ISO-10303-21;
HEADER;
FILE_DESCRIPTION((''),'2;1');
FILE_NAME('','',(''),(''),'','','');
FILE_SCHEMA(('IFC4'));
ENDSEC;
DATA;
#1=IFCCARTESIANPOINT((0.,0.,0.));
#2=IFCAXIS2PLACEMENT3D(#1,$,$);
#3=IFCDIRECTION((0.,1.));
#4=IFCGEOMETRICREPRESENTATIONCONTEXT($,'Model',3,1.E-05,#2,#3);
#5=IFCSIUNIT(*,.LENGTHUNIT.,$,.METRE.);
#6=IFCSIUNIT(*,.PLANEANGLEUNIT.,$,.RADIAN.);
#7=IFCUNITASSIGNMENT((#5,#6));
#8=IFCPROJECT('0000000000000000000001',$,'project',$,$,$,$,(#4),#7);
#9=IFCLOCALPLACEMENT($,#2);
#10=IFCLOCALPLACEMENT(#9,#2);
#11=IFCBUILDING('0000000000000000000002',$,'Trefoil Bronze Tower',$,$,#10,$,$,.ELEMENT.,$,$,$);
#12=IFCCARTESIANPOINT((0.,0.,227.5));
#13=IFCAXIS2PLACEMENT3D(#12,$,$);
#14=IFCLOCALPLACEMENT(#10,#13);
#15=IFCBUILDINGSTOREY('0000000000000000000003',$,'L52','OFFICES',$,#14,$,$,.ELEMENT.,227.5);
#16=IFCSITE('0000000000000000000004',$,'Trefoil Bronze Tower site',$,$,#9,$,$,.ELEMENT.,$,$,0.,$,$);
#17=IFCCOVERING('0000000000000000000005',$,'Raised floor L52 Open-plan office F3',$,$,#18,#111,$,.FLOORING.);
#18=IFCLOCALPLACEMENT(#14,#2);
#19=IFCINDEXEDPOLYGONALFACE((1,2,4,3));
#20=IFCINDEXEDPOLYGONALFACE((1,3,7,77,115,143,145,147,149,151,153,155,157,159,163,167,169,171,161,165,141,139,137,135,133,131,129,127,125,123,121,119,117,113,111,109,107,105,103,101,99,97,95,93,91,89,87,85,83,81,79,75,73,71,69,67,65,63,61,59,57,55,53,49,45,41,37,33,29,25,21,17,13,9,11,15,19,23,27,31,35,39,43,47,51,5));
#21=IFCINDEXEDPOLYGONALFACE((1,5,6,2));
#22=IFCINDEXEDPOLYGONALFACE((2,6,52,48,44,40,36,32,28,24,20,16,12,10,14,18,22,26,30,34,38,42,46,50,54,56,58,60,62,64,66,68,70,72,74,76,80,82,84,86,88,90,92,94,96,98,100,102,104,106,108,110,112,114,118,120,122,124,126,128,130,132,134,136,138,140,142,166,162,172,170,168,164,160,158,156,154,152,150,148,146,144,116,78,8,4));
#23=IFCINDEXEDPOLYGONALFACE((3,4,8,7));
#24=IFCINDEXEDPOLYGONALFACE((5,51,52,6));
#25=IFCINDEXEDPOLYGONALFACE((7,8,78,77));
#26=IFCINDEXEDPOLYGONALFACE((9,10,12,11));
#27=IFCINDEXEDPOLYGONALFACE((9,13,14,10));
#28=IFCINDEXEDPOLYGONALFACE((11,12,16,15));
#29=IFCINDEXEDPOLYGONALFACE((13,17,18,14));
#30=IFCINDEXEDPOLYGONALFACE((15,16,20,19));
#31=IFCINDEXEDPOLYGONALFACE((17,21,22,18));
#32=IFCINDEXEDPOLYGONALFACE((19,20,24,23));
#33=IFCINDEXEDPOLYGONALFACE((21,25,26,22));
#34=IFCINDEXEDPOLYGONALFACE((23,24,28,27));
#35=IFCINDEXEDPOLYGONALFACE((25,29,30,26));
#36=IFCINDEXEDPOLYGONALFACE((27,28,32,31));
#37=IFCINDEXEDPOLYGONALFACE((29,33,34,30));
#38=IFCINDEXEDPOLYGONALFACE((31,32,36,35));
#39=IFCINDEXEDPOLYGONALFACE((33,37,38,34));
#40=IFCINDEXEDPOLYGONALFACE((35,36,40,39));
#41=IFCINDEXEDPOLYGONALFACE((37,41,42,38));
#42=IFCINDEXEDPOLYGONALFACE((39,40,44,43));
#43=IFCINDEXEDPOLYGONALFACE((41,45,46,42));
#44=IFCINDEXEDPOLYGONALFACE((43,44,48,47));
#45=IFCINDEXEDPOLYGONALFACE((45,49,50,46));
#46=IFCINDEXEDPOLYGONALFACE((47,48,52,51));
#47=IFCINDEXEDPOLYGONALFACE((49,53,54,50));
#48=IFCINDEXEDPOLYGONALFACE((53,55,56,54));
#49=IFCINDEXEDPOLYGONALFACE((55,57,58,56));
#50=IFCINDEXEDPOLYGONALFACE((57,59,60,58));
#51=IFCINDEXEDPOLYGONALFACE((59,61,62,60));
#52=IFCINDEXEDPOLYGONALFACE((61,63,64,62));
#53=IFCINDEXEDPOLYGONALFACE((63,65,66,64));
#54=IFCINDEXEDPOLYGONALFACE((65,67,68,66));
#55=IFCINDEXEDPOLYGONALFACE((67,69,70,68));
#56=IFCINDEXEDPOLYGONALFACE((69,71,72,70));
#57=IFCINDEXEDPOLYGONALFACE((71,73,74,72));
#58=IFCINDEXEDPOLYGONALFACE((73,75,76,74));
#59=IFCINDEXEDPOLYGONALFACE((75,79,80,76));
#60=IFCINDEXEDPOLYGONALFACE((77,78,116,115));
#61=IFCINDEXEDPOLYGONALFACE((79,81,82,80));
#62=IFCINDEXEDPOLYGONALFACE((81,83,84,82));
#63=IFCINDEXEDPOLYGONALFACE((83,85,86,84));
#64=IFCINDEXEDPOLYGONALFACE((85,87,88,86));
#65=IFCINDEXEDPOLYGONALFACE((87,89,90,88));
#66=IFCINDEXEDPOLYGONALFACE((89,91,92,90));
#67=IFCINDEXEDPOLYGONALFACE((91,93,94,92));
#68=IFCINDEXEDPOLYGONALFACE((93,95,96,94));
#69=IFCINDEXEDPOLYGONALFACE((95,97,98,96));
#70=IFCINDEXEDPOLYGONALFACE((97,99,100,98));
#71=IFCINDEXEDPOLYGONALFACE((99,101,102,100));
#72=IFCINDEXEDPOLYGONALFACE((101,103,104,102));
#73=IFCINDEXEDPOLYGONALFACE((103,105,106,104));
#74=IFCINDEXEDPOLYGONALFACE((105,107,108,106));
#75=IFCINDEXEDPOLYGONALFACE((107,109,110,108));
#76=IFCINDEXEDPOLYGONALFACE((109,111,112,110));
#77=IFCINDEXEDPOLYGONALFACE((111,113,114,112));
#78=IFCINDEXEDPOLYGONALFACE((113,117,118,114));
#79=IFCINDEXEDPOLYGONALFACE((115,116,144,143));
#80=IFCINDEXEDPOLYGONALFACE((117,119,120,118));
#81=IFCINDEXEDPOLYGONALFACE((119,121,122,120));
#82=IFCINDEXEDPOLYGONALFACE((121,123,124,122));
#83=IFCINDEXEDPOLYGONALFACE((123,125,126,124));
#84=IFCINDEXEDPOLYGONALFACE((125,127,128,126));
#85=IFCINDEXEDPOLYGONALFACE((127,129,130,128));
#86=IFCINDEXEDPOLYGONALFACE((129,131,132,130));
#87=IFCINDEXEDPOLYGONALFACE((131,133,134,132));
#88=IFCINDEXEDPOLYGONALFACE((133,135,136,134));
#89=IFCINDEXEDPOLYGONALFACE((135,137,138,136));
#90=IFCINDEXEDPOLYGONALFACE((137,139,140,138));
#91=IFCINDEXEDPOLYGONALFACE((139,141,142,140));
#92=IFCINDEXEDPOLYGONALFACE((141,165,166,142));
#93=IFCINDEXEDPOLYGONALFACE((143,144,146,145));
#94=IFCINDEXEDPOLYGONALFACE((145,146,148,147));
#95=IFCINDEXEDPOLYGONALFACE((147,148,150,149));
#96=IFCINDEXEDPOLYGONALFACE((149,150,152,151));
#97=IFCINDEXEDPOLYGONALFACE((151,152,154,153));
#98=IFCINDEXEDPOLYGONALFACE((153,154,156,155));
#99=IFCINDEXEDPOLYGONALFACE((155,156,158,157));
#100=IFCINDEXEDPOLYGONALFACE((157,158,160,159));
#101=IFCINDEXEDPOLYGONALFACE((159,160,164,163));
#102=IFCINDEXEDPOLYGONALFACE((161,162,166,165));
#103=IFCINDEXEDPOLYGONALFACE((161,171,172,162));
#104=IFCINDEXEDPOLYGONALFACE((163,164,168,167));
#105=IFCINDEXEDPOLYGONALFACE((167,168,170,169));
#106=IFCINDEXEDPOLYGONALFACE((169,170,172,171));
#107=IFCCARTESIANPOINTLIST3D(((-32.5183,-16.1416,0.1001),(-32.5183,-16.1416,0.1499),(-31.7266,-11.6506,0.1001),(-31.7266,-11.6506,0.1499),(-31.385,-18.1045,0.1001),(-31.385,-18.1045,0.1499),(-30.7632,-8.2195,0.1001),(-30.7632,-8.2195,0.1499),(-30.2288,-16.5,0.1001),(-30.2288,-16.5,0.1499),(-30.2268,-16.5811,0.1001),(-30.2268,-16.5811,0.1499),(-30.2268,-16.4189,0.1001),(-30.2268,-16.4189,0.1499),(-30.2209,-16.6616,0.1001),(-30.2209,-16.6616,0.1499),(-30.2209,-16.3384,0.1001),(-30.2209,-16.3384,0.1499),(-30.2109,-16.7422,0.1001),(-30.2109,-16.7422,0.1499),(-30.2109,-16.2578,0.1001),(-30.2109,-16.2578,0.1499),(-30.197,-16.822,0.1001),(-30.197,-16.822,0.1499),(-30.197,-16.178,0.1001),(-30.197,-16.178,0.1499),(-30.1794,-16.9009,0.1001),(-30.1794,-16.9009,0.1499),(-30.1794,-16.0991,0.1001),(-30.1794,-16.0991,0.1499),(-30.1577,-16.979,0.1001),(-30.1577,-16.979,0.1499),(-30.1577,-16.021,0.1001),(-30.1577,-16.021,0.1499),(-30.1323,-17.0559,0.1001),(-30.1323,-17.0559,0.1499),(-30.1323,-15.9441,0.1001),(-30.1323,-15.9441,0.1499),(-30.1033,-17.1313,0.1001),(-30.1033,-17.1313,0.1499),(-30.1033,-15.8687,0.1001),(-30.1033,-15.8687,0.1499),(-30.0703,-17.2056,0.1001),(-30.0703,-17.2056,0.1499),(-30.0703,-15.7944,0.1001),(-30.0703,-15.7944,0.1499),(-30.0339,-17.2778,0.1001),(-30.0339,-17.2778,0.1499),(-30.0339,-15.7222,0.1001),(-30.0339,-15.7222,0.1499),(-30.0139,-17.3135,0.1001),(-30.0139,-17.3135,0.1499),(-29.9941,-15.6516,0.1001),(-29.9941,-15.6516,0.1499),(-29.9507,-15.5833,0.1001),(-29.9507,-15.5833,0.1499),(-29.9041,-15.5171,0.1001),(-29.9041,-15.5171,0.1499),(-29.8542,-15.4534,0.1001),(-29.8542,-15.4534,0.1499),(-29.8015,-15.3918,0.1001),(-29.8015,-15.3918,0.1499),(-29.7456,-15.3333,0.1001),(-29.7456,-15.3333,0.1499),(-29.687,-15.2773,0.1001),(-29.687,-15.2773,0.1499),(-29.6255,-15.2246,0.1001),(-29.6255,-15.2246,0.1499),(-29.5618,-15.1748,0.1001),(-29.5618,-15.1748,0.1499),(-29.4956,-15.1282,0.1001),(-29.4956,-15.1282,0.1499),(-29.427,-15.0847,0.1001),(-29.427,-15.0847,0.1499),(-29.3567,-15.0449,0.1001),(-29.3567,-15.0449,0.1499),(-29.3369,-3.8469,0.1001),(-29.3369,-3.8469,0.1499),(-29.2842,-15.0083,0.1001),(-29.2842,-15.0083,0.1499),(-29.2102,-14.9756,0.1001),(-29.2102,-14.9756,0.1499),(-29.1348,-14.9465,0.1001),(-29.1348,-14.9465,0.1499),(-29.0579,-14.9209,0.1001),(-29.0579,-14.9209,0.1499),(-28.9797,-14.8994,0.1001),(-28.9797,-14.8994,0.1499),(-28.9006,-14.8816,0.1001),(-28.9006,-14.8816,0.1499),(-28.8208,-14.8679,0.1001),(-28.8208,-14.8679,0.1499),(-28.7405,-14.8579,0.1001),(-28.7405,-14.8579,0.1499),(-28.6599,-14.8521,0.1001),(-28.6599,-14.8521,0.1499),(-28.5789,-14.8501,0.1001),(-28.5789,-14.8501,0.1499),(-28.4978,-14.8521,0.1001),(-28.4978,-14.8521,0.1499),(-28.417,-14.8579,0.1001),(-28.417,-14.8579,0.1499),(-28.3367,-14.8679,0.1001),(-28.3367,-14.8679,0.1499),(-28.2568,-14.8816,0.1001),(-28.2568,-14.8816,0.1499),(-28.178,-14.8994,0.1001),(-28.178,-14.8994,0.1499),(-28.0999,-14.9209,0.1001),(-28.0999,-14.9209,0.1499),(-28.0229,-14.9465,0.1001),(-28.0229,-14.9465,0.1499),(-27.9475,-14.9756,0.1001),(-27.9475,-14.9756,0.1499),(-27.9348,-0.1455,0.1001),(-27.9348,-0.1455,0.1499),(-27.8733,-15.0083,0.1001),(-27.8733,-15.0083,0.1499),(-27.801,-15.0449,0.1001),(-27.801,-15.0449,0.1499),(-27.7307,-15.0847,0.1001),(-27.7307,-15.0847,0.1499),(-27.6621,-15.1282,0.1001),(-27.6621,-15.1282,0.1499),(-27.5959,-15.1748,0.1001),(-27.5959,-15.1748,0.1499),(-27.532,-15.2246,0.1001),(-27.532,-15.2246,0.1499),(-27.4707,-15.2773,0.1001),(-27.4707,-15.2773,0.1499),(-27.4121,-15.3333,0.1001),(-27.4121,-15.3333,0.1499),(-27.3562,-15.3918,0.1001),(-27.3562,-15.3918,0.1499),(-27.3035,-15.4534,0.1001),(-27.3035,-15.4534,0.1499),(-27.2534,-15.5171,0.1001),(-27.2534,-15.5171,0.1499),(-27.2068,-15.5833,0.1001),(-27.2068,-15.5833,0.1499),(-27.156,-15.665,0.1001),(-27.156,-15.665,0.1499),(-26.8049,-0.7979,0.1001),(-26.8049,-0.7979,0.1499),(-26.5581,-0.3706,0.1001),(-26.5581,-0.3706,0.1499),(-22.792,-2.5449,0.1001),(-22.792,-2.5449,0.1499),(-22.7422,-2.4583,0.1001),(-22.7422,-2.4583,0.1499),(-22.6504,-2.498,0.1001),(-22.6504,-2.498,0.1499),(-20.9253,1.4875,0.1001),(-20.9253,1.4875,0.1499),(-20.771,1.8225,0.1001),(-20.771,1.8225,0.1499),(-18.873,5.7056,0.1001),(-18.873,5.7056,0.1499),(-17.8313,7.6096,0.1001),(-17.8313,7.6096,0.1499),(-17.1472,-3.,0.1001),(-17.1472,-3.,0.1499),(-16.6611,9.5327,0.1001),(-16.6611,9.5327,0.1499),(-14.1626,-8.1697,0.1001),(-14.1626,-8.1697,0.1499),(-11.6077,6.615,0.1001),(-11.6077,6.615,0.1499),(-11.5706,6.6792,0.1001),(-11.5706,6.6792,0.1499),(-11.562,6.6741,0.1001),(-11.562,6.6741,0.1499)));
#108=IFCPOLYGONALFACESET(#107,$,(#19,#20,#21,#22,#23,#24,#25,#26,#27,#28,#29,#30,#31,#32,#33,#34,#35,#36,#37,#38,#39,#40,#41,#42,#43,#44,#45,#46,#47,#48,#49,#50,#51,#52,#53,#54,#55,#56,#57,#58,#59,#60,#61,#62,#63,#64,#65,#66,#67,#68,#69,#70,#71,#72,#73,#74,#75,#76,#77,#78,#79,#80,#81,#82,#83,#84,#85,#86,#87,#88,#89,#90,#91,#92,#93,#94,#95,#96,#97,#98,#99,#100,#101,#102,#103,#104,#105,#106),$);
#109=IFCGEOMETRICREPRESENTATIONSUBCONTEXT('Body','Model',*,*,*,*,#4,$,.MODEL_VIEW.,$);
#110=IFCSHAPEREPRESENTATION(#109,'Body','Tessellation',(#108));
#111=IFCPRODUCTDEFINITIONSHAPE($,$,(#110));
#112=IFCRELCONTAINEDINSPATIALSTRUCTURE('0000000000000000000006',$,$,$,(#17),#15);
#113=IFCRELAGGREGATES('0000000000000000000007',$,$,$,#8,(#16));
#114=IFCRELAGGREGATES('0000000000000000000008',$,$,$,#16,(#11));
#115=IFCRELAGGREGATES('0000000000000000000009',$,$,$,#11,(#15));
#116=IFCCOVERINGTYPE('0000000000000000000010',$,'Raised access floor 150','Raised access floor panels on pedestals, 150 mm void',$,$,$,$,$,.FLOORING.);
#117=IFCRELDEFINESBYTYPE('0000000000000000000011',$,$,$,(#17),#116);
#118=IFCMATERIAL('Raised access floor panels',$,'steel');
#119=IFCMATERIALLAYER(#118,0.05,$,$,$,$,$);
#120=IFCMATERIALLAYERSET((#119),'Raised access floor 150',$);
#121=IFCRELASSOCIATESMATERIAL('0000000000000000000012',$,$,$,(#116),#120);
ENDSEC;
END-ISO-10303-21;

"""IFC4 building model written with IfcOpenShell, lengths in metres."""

from ifc_helpers import new_model, si_unit, direction, frame, origin, place, context, subcontext, project, spatial, polyline, outline, extrude, material, layer, layer_set, type_object, element, save


model = new_model("IFC4")

# Units and contexts
model_context = context("Model", 3, precision=1e-05, world=origin(), true_north=direction((0.0, 1.0)))
body_context = subcontext(model_context, "Body", "Model", "MODEL_VIEW")
ifc_project = project(units=[si_unit("LENGTHUNIT", "METRE"), si_unit("PLANEANGLEUNIT", "RADIAN")], contexts=[model_context])

# Site, building, storey
site_placement = place(None, origin())
site = spatial("IfcSite", under=ifc_project, at=site_placement, Name="Trefoil Bronze Tower site", CompositionType="ELEMENT", RefElevation=0.0)
building_placement = place(site_placement, origin())
building = spatial("IfcBuilding", under=site, at=building_placement, Name="Trefoil Bronze Tower", CompositionType="ELEMENT")
storey_placement = place(building_placement, frame((0.0, 0.0, 227.5)))
storey = spatial("IfcBuildingStorey", under=building, at=storey_placement, Name="L52", Description="OFFICES", CompositionType="ELEMENT", Elevation=227.5)

# Covering
ifc_material_1 = material(Name="Raised access floor panels", Category="steel")
ifc_layer_1 = layer(ifc_material_1, 0.05)
ifc_layer_set_1 = layer_set([ifc_layer_1], Name="Raised access floor 150")
covering_type_1 = type_object("IfcCoveringType", Name="Raised access floor 150", Description="Raised access floor panels on pedestals, 150 mm void", PredefinedType="FLOORING", material=ifc_layer_set_1)
covering_1_placement = place(storey_placement, frame((0.0, 0.0, 0.1001)))
element("IfcCovering", 1, at=covering_1_placement, inside=storey, type_object=covering_type_1, Name="Raised floor L52 Open-plan office F3", PredefinedType="FLOORING", context=body_context, shape_type="SweptSolid", body=[
    extrude(outline(polyline([(-32.5183, -16.1416), (-31.7266, -11.6506), (-30.7632, -8.2195), (-29.3369, -3.8469), (-27.9348, -0.1455), (-26.8049, -0.7979), (-26.5581, -0.3706), (-22.792, -2.5449), (-22.7422, -2.4583), (-22.6504, -2.498), (-20.9253, 1.4875), (-20.771, 1.8225), (-18.873, 5.7056), (-17.8313, 7.6096), (-16.6611, 9.5327), (-11.6077, 6.615), (-11.5706, 6.6792), (-11.562, 6.6741), (-17.1472, -3.0), (-14.1626, -8.1697), (-27.156, -15.665), (-27.2068, -15.5833), (-27.2534, -15.5171), (-27.3035, -15.4534), (-27.3562, -15.3918), (-27.4121, -15.3333), (-27.4707, -15.2773), (-27.532, -15.2246), (-27.5959, -15.1748), (-27.6621, -15.1282), (-27.7307, -15.0847), (-27.801, -15.0449), (-27.8733, -15.0083), (-27.9475, -14.9756), (-28.0229, -14.9465), (-28.0999, -14.9209), (-28.178, -14.8994), (-28.2568, -14.8816), (-28.3367, -14.8679), (-28.417, -14.8579), (-28.4978, -14.8521), (-28.5789, -14.8501), (-28.6599, -14.8521), (-28.7405, -14.8579), (-28.8208, -14.8679), (-28.9006, -14.8816), (-28.9797, -14.8994), (-29.0579, -14.9209), (-29.1348, -14.9465), (-29.2102, -14.9756), (-29.2842, -15.0083), (-29.3567, -15.0449), (-29.427, -15.0847), (-29.4956, -15.1282), (-29.5618, -15.1748), (-29.6255, -15.2246), (-29.687, -15.2773), (-29.7456, -15.3333), (-29.8015, -15.3918), (-29.8542, -15.4534), (-29.9041, -15.5171), (-29.9507, -15.5833), (-29.9941, -15.6516), (-30.0339, -15.7222), (-30.0703, -15.7944), (-30.1033, -15.8687), (-30.1323, -15.9441), (-30.1577, -16.021), (-30.1794, -16.0991), (-30.197, -16.178), (-30.2109, -16.2578), (-30.2209, -16.3384), (-30.2268, -16.4189), (-30.2288, -16.5), (-30.2268, -16.5811), (-30.2209, -16.6616), (-30.2109, -16.7422), (-30.197, -16.822), (-30.1794, -16.9009), (-30.1577, -16.979), (-30.1323, -17.0559), (-30.1033, -17.1313), (-30.0703, -17.2056), (-30.0339, -17.2778), (-30.0139, -17.3135), (-31.385, -18.1045), (-32.5183, -16.1416)])), origin(), (0.0, 0.0, 1.0), 0.0498),
])

save(model, "model.ifc")
